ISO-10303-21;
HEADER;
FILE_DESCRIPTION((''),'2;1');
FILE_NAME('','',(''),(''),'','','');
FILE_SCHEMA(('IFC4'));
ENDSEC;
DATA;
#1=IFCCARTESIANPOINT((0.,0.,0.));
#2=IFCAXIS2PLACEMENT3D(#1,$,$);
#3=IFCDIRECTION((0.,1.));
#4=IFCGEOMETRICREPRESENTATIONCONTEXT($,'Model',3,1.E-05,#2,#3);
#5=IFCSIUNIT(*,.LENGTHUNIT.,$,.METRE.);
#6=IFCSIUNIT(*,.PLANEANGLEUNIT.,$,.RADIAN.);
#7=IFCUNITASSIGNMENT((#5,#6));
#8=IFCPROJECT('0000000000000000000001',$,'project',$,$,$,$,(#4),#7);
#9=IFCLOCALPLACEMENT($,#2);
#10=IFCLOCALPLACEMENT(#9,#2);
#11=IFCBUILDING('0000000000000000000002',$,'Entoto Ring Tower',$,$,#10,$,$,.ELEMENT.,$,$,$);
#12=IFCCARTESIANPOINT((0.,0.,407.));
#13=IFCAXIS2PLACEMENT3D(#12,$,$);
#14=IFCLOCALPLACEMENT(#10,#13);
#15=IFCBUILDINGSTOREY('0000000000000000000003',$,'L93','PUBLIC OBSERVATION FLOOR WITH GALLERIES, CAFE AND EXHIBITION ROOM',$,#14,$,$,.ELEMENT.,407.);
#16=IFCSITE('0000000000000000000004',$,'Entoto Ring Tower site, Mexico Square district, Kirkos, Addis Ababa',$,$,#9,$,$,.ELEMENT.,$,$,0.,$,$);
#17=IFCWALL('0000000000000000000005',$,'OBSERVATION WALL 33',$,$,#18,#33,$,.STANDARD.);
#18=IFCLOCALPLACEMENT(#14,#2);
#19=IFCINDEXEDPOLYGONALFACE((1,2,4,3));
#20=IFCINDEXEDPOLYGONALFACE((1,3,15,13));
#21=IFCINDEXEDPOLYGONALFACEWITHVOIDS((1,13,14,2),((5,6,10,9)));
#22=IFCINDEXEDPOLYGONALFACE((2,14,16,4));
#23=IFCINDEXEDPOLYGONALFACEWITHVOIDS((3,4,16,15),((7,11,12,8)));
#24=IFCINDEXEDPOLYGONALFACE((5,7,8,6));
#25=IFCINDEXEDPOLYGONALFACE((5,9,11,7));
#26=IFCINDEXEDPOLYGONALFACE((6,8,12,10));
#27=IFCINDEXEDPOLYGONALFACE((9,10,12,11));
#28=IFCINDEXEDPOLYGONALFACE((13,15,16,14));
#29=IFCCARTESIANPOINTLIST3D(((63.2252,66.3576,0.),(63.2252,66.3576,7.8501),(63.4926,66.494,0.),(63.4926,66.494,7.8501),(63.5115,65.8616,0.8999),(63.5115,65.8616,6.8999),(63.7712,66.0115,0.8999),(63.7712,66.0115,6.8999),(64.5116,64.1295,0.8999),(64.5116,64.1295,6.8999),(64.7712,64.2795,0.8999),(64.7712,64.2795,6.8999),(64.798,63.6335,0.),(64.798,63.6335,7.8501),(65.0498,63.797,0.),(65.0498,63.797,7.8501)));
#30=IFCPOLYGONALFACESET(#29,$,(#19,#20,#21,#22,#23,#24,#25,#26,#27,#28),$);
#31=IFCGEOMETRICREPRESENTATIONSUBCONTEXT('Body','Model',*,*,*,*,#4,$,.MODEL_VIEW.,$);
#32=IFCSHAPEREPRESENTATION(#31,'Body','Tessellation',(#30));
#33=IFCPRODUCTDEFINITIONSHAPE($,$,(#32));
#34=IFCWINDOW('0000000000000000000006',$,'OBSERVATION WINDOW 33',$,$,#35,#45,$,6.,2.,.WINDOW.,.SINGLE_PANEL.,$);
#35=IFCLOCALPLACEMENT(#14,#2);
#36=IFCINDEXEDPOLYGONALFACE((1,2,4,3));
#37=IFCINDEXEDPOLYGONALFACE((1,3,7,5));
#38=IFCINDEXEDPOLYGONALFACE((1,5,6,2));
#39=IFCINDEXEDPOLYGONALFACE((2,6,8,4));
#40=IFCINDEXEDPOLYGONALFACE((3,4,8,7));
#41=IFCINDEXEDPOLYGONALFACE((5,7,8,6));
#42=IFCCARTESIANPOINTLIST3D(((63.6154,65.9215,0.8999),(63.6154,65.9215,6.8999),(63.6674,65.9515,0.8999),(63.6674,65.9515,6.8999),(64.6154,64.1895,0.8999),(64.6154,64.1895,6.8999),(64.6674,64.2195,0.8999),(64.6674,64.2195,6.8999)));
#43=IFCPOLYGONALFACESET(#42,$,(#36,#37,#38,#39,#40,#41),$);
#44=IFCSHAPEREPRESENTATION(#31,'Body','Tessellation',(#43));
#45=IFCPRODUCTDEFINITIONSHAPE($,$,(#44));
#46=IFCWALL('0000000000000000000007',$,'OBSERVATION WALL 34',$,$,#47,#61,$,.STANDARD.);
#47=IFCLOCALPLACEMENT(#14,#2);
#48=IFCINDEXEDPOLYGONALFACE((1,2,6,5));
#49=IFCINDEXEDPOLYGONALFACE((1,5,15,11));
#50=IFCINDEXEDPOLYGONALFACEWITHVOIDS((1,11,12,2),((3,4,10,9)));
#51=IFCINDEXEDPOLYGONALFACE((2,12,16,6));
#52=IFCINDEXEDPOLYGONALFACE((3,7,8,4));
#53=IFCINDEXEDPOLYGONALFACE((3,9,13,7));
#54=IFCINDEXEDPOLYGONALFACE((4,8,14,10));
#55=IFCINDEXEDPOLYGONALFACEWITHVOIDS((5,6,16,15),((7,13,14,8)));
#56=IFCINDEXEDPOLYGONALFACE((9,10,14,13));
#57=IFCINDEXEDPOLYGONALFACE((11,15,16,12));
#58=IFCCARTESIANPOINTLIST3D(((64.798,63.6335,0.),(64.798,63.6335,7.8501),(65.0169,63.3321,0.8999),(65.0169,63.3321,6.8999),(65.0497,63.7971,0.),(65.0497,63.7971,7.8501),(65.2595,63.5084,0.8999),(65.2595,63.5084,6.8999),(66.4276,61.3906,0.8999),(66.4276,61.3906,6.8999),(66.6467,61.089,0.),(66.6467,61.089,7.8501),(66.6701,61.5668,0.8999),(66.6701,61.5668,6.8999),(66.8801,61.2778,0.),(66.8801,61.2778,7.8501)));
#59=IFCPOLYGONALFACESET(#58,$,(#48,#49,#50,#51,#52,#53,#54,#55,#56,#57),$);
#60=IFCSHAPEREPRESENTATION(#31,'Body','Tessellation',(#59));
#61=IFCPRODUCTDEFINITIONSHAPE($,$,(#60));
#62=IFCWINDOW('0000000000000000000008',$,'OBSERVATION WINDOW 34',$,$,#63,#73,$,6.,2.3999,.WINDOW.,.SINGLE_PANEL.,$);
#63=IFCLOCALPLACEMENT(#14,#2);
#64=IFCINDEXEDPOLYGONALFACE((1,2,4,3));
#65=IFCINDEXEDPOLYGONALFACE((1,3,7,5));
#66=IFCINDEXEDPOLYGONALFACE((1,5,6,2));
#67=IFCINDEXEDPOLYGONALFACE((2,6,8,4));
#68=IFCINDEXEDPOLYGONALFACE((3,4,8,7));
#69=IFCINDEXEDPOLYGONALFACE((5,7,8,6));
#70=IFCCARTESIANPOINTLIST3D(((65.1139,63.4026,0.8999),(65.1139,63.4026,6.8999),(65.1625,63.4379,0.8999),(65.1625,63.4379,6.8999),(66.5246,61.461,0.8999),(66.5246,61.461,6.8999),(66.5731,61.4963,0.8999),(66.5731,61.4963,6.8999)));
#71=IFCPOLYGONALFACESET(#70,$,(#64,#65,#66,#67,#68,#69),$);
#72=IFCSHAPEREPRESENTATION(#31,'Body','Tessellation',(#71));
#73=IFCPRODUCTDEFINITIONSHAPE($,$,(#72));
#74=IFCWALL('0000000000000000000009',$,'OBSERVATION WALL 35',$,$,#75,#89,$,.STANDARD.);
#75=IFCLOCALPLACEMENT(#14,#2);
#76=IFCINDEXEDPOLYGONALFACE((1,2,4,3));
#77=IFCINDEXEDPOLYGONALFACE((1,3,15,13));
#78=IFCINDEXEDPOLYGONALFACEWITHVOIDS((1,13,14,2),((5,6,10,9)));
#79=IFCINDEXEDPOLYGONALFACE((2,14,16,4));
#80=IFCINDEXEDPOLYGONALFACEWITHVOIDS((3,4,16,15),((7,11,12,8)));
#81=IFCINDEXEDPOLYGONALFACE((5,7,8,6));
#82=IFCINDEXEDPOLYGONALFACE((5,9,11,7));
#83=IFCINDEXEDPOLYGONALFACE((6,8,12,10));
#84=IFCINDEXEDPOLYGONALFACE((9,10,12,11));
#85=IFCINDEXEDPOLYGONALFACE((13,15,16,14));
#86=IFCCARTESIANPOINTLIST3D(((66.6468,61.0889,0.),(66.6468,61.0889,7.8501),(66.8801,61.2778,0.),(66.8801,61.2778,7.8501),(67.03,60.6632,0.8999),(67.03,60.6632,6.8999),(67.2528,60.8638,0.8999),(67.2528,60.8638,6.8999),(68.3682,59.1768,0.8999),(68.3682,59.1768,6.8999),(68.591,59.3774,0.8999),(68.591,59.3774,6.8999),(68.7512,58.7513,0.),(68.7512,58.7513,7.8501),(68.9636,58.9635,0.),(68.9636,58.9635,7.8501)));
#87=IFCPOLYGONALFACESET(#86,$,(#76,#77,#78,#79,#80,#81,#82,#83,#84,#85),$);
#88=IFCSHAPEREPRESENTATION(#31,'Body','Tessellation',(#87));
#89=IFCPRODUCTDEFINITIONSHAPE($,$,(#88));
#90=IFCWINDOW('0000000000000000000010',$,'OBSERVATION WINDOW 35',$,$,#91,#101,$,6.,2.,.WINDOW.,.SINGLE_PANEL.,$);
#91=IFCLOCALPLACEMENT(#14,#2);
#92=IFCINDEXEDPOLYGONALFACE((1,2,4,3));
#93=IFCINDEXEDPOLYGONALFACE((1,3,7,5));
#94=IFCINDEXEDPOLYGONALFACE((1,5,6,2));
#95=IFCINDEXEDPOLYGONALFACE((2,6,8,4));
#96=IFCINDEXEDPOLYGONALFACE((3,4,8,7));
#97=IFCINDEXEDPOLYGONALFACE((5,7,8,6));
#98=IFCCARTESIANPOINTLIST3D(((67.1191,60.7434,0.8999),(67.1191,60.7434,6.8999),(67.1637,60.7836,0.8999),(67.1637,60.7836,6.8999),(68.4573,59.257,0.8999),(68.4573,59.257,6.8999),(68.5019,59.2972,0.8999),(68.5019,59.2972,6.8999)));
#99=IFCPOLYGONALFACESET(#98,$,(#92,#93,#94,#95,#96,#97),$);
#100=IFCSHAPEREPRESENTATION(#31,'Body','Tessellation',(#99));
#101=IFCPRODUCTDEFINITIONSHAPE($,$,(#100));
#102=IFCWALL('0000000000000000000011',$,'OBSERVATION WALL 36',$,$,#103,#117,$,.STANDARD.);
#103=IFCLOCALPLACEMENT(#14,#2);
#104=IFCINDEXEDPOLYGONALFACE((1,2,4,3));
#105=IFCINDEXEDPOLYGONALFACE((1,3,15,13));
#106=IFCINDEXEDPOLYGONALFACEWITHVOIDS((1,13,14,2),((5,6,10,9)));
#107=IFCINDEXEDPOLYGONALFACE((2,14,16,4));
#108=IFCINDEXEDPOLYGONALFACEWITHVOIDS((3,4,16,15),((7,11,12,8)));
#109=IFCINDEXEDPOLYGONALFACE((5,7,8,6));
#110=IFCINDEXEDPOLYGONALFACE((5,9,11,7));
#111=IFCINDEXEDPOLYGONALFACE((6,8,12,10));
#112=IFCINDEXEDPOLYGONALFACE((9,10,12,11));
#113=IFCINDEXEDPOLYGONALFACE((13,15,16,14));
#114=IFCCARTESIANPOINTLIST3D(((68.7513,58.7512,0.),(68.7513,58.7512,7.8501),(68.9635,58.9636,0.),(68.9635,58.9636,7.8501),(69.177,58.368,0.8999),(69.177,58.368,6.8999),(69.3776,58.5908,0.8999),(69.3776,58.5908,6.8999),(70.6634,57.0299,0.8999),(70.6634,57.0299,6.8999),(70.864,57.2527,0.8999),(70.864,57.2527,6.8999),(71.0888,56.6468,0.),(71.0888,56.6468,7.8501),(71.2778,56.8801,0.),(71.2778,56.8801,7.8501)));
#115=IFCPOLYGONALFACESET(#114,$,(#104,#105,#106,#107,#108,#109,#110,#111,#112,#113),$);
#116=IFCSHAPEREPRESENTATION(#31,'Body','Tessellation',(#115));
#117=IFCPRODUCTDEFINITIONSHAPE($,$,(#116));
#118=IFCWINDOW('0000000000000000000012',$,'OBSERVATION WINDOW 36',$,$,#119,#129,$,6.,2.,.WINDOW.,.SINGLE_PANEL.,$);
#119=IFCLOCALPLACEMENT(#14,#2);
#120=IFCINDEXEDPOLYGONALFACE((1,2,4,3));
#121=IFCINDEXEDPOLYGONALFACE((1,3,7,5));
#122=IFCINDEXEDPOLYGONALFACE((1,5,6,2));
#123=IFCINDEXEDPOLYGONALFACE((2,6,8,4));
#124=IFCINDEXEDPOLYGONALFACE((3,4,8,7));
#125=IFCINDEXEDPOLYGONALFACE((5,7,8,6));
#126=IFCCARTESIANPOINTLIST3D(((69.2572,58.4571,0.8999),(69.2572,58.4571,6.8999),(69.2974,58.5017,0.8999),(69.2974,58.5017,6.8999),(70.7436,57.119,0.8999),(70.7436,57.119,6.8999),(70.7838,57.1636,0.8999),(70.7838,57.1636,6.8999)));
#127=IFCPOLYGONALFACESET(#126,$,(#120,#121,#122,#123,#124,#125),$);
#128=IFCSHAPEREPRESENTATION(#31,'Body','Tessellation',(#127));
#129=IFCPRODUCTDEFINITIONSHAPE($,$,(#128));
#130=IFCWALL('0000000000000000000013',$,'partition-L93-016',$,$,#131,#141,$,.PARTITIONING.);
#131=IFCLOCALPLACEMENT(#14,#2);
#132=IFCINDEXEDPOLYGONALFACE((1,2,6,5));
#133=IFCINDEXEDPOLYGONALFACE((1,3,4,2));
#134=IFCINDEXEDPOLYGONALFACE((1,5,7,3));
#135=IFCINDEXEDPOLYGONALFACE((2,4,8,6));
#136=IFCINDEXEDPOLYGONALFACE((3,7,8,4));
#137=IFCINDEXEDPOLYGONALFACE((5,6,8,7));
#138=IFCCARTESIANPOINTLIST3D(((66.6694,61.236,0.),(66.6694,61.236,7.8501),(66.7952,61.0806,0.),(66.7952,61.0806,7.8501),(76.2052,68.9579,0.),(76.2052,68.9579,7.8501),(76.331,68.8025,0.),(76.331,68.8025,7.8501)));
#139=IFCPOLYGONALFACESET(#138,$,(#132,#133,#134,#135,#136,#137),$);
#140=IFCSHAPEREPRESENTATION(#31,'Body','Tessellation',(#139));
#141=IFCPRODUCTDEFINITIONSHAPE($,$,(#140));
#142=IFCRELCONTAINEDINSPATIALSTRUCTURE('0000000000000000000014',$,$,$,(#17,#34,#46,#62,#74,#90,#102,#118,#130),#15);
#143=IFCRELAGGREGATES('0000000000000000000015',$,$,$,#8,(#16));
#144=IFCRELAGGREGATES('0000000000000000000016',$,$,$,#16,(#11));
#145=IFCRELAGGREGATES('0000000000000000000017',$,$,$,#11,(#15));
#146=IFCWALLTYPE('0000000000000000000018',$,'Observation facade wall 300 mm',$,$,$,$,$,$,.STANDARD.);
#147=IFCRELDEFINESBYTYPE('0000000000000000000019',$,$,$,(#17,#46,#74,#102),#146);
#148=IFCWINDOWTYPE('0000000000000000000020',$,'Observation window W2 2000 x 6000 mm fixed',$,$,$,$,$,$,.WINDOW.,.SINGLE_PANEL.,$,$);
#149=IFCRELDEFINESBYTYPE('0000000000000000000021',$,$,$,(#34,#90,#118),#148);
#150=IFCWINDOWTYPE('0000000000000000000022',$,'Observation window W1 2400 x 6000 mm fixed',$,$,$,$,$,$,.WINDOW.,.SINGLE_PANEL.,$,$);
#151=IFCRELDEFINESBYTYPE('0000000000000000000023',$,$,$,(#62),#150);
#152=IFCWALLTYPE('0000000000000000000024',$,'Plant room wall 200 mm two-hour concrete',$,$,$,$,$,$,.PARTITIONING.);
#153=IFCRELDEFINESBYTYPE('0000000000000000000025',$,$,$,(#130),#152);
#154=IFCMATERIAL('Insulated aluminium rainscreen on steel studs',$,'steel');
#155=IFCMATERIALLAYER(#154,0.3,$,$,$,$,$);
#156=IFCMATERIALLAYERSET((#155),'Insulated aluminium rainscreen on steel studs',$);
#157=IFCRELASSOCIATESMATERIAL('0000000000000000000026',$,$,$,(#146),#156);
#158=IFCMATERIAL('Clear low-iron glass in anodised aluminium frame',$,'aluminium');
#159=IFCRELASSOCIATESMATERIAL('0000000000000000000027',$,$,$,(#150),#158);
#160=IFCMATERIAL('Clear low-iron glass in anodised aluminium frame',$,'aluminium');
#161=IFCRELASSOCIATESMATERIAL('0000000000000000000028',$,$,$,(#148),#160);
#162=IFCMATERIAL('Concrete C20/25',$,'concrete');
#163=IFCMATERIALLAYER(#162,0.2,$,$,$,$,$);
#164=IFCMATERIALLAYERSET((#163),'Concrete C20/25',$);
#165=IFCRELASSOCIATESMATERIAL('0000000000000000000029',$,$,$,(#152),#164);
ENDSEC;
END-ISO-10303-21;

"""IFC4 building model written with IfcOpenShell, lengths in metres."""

from ifc_helpers import new_model, si_unit, direction, frame, frame_2d, origin, place, context, subcontext, project, spatial, polyline, rectangle, outline, extrude, material, layer, layer_set, type_object, element, fill, save


model = new_model("IFC4")

# Units and contexts
model_context = context("Model", 3, precision=1e-05, world=origin(), true_north=direction((0.0, 1.0)))
body_context = subcontext(model_context, "Body", "Model", "MODEL_VIEW")
ifc_project = project(units=[si_unit("LENGTHUNIT", "METRE"), si_unit("PLANEANGLEUNIT", "RADIAN")], contexts=[model_context])

# Site, building, storey
site_placement = place(None, origin())
site = spatial("IfcSite", under=ifc_project, at=site_placement, Name="Entoto Ring Tower site, Mexico Square district, Kirkos, Addis Ababa", CompositionType="ELEMENT", RefElevation=0.0)
building_placement = place(site_placement, origin())
building = spatial("IfcBuilding", under=site, at=building_placement, Name="Entoto Ring Tower", CompositionType="ELEMENT")
storey_placement = place(building_placement, frame((0.0, 0.0, 407.0)))
storey = spatial("IfcBuildingStorey", under=building, at=storey_placement, Name="L93", Description="PUBLIC OBSERVATION FLOOR WITH GALLERIES, CAFE AND EXHIBITION ROOM", CompositionType="ELEMENT", Elevation=407.0)

# Walls, openings, windows
ifc_material_1 = material(Name="Insulated aluminium rainscreen on steel studs", Category="steel")
ifc_layer_1 = layer(ifc_material_1, 0.3)
ifc_layer_set_1 = layer_set([ifc_layer_1], Name="Insulated aluminium rainscreen on steel studs")
wall_type_1 = type_object("IfcWallType", Name="Observation facade wall 300 mm", PredefinedType="STANDARD", material=ifc_layer_set_1)
ifc_material_2 = material(Name="Clear low-iron glass in anodised aluminium frame", Category="aluminium")
window_type_1 = type_object("IfcWindowType", Name="Observation window W1 2400 x 6000 mm fixed", PartitioningType="SINGLE_PANEL", PredefinedType="WINDOW", material=ifc_material_2)
ifc_material_3 = material(Name="Clear low-iron glass in anodised aluminium frame", Category="aluminium")
window_type_2 = type_object("IfcWindowType", Name="Observation window W2 2000 x 6000 mm fixed", PartitioningType="SINGLE_PANEL", PredefinedType="WINDOW", material=ifc_material_3)
wall_1_placement = place(storey_placement, frame((63.3589, 66.4258, 0.0), z_axis=(0.0, 0.0, 1.0), x_axis=(0.500015, -0.866017, 0.0)))
wall_1 = element("IfcWall", 1, at=wall_1_placement, inside=storey, type_object=wall_type_1, Name="OBSERVATION WALL 33", PredefinedType="STANDARD", context=body_context, shape_type="SweptSolid", body=[
    extrude(outline(polyline([(-0.0078, -0.1499), (3.1377, -0.1499), (3.1221, 0.1499), (0.0078, 0.1499), (-0.0078, -0.1499)])), origin(), (0.0, 0.0, 1.0), 7.8501),
])
opening_1_placement = place(wall_1_placement, frame((0.5649, 0.0, 0.8999)))
opening_1 = element("IfcOpeningElement", 2, at=opening_1_placement, cuts=wall_1, PredefinedType="OPENING", context=body_context, shape_type="SweptSolid", body=[
    extrude(rectangle(XDim=2.0, YDim=6.0, at=frame_2d((1.0, 3.0))), frame((0.0, 0.1602, 0.0), z_axis=(0.0, -1.0, 0.0), x_axis=(1.0, 0.0, 0.0)), (0.0, 0.0, 1.0), 0.3201),
])
window_1_placement = place(opening_1_placement, origin())
window_1 = element("IfcWindow", 3, at=window_1_placement, inside=storey, type_object=window_type_2, Name="OBSERVATION WINDOW 33", OverallHeight=6.0, OverallWidth=2.0, PartitioningType="SINGLE_PANEL", PredefinedType="WINDOW", context=body_context, shape_type="SweptSolid", body=[
    extrude(rectangle(XDim=2.0, YDim=6.0, at=frame_2d((1.0, 3.0))), frame((0.0, 0.03, 0.0), z_axis=(0.0, -1.0, 0.0), x_axis=(1.0, 0.0, 0.0)), (0.0, 0.0, 1.0), 0.0601),
])
fill(opening_1, window_1)
wall_2_placement = place(storey_placement, frame((64.9238, 63.7153, 0.0), z_axis=(0.0, 0.0, 1.0), x_axis=(0.587787, -0.809016, 0.0)))
wall_2 = element("IfcWall", 4, at=wall_2_placement, inside=storey, type_object=wall_type_1, Name="OBSERVATION WALL 34", PredefinedType="STANDARD", context=body_context, shape_type="SweptSolid", body=[
    extrude(outline(polyline([(-0.0078, -0.1499), (3.1375, -0.1499), (3.1218, 0.1499), (0.0078, 0.1499), (-0.0078, -0.1499)])), origin(), (0.0, 0.0, 1.0), 7.8501),
])
opening_2_placement = place(wall_2_placement, frame((0.3647, 0.0, 0.8999)))
opening_2 = element("IfcOpeningElement", 5, at=opening_2_placement, cuts=wall_2, PredefinedType="OPENING", context=body_context, shape_type="SweptSolid", body=[
    extrude(rectangle(XDim=2.3999, YDim=6.0, at=frame_2d((1.2, 3.0))), frame((0.0, 0.1602, 0.0), z_axis=(0.0, -1.0, 0.0), x_axis=(1.0, 0.0, 0.0)), (0.0, 0.0, 1.0), 0.3201),
])
window_2_placement = place(opening_2_placement, origin())
window_2 = element("IfcWindow", 6, at=window_2_placement, inside=storey, type_object=window_type_1, Name="OBSERVATION WINDOW 34", OverallHeight=6.0, OverallWidth=2.3999, PartitioningType="SINGLE_PANEL", PredefinedType="WINDOW", context=body_context, shape_type="SweptSolid", body=[
    extrude(rectangle(XDim=2.3999, YDim=6.0, at=frame_2d((1.2, 3.0))), frame((0.0, 0.03, 0.0), z_axis=(0.0, -1.0, 0.0), x_axis=(1.0, 0.0, 0.0)), (0.0, 0.0, 1.0), 0.0601),
])
fill(opening_2, window_2)
wall_3_placement = place(storey_placement, frame((66.7634, 61.1833, 0.0), z_axis=(0.0, 0.0, 1.0), x_axis=(0.669081, -0.743189, 0.0)))
wall_3 = element("IfcWall", 7, at=wall_3_placement, inside=storey, type_object=wall_type_1, Name="OBSERVATION WALL 35", PredefinedType="STANDARD", context=body_context, shape_type="SweptSolid", body=[
    extrude(outline(polyline([(-0.0078, -0.1499), (3.1375, -0.1499), (3.1218, 0.1499), (0.0078, 0.1499), (-0.0078, -0.1499)])), origin(), (0.0, 0.0, 1.0), 7.8501),
])
opening_3_placement = place(wall_3_placement, frame((0.5649, 0.0, 0.8999)))
opening_3 = element("IfcOpeningElement", 8, at=opening_3_placement, cuts=wall_3, PredefinedType="OPENING", context=body_context, shape_type="SweptSolid", body=[
    extrude(rectangle(XDim=2.0, YDim=6.0, at=frame_2d((1.0, 3.0))), frame((0.0, 0.1602, 0.0), z_axis=(0.0, -1.0, 0.0), x_axis=(1.0, 0.0, 0.0)), (0.0, 0.0, 1.0), 0.3201),
])
window_3_placement = place(opening_3_placement, origin())
window_3 = element("IfcWindow", 9, at=window_3_placement, inside=storey, type_object=window_type_2, Name="OBSERVATION WINDOW 35", OverallHeight=6.0, OverallWidth=2.0, PartitioningType="SINGLE_PANEL", PredefinedType="WINDOW", context=body_context, shape_type="SweptSolid", body=[
    extrude(rectangle(XDim=2.0, YDim=6.0, at=frame_2d((1.0, 3.0))), frame((0.0, 0.03, 0.0), z_axis=(0.0, -1.0, 0.0), x_axis=(1.0, 0.0, 0.0)), (0.0, 0.0, 1.0), 0.0601),
])
fill(opening_3, window_3)
wall_4_placement = place(storey_placement, frame((68.8574, 58.8574, 0.0), z_axis=(0.0, 0.0, 1.0), x_axis=(0.743189, -0.669081, 0.0)))
wall_4 = element("IfcWall", 10, at=wall_4_placement, inside=storey, type_object=wall_type_1, Name="OBSERVATION WALL 36", PredefinedType="STANDARD", context=body_context, shape_type="SweptSolid", body=[
    extrude(outline(polyline([(-0.0078, -0.1499), (3.1375, -0.1499), (3.1218, 0.1499), (0.0078, 0.1499), (-0.0078, -0.1499)])), origin(), (0.0, 0.0, 1.0), 7.8501),
])
opening_4_placement = place(wall_4_placement, frame((0.5649, 0.0, 0.8999)))
opening_4 = element("IfcOpeningElement", 11, at=opening_4_placement, cuts=wall_4, PredefinedType="OPENING", context=body_context, shape_type="SweptSolid", body=[
    extrude(rectangle(XDim=2.0, YDim=6.0, at=frame_2d((1.0, 3.0))), frame((0.0, 0.1602, 0.0), z_axis=(0.0, -1.0, 0.0), x_axis=(1.0, 0.0, 0.0)), (0.0, 0.0, 1.0), 0.3201),
])
window_4_placement = place(opening_4_placement, origin())
window_4 = element("IfcWindow", 12, at=window_4_placement, inside=storey, type_object=window_type_2, Name="OBSERVATION WINDOW 36", OverallHeight=6.0, OverallWidth=2.0, PartitioningType="SINGLE_PANEL", PredefinedType="WINDOW", context=body_context, shape_type="SweptSolid", body=[
    extrude(rectangle(XDim=2.0, YDim=6.0, at=frame_2d((1.0, 3.0))), frame((0.0, 0.03, 0.0), z_axis=(0.0, -1.0, 0.0), x_axis=(1.0, 0.0, 0.0)), (0.0, 0.0, 1.0), 0.0601),
])
fill(opening_4, window_4)

# Wall
ifc_material_4 = material(Name="Concrete C20/25", Category="concrete")
ifc_layer_2 = layer(ifc_material_4, 0.2)
ifc_layer_set_2 = layer_set([ifc_layer_2], Name="Concrete C20/25")
wall_type_2 = type_object("IfcWallType", Name="Plant room wall 200 mm two-hour concrete", PredefinedType="PARTITIONING", material=ifc_layer_set_2)
wall_5_placement = place(storey_placement, frame((66.7322, 61.1582, 0.0), z_axis=(0.0, 0.0, 1.0), x_axis=(0.777149, 0.629316, 0.0)))
element("IfcWall", 13, at=wall_5_placement, inside=storey, type_object=wall_type_2, Name="partition-L93-016", PredefinedType="PARTITIONING", context=body_context, shape_type="SweptSolid", body=[
    extrude(rectangle(XDim=12.2703, YDim=0.2, at=frame_2d((6.1353, 0.0))), origin(), (0.0, 0.0, 1.0), 7.8501),
])

save(model, "model.ifc")
